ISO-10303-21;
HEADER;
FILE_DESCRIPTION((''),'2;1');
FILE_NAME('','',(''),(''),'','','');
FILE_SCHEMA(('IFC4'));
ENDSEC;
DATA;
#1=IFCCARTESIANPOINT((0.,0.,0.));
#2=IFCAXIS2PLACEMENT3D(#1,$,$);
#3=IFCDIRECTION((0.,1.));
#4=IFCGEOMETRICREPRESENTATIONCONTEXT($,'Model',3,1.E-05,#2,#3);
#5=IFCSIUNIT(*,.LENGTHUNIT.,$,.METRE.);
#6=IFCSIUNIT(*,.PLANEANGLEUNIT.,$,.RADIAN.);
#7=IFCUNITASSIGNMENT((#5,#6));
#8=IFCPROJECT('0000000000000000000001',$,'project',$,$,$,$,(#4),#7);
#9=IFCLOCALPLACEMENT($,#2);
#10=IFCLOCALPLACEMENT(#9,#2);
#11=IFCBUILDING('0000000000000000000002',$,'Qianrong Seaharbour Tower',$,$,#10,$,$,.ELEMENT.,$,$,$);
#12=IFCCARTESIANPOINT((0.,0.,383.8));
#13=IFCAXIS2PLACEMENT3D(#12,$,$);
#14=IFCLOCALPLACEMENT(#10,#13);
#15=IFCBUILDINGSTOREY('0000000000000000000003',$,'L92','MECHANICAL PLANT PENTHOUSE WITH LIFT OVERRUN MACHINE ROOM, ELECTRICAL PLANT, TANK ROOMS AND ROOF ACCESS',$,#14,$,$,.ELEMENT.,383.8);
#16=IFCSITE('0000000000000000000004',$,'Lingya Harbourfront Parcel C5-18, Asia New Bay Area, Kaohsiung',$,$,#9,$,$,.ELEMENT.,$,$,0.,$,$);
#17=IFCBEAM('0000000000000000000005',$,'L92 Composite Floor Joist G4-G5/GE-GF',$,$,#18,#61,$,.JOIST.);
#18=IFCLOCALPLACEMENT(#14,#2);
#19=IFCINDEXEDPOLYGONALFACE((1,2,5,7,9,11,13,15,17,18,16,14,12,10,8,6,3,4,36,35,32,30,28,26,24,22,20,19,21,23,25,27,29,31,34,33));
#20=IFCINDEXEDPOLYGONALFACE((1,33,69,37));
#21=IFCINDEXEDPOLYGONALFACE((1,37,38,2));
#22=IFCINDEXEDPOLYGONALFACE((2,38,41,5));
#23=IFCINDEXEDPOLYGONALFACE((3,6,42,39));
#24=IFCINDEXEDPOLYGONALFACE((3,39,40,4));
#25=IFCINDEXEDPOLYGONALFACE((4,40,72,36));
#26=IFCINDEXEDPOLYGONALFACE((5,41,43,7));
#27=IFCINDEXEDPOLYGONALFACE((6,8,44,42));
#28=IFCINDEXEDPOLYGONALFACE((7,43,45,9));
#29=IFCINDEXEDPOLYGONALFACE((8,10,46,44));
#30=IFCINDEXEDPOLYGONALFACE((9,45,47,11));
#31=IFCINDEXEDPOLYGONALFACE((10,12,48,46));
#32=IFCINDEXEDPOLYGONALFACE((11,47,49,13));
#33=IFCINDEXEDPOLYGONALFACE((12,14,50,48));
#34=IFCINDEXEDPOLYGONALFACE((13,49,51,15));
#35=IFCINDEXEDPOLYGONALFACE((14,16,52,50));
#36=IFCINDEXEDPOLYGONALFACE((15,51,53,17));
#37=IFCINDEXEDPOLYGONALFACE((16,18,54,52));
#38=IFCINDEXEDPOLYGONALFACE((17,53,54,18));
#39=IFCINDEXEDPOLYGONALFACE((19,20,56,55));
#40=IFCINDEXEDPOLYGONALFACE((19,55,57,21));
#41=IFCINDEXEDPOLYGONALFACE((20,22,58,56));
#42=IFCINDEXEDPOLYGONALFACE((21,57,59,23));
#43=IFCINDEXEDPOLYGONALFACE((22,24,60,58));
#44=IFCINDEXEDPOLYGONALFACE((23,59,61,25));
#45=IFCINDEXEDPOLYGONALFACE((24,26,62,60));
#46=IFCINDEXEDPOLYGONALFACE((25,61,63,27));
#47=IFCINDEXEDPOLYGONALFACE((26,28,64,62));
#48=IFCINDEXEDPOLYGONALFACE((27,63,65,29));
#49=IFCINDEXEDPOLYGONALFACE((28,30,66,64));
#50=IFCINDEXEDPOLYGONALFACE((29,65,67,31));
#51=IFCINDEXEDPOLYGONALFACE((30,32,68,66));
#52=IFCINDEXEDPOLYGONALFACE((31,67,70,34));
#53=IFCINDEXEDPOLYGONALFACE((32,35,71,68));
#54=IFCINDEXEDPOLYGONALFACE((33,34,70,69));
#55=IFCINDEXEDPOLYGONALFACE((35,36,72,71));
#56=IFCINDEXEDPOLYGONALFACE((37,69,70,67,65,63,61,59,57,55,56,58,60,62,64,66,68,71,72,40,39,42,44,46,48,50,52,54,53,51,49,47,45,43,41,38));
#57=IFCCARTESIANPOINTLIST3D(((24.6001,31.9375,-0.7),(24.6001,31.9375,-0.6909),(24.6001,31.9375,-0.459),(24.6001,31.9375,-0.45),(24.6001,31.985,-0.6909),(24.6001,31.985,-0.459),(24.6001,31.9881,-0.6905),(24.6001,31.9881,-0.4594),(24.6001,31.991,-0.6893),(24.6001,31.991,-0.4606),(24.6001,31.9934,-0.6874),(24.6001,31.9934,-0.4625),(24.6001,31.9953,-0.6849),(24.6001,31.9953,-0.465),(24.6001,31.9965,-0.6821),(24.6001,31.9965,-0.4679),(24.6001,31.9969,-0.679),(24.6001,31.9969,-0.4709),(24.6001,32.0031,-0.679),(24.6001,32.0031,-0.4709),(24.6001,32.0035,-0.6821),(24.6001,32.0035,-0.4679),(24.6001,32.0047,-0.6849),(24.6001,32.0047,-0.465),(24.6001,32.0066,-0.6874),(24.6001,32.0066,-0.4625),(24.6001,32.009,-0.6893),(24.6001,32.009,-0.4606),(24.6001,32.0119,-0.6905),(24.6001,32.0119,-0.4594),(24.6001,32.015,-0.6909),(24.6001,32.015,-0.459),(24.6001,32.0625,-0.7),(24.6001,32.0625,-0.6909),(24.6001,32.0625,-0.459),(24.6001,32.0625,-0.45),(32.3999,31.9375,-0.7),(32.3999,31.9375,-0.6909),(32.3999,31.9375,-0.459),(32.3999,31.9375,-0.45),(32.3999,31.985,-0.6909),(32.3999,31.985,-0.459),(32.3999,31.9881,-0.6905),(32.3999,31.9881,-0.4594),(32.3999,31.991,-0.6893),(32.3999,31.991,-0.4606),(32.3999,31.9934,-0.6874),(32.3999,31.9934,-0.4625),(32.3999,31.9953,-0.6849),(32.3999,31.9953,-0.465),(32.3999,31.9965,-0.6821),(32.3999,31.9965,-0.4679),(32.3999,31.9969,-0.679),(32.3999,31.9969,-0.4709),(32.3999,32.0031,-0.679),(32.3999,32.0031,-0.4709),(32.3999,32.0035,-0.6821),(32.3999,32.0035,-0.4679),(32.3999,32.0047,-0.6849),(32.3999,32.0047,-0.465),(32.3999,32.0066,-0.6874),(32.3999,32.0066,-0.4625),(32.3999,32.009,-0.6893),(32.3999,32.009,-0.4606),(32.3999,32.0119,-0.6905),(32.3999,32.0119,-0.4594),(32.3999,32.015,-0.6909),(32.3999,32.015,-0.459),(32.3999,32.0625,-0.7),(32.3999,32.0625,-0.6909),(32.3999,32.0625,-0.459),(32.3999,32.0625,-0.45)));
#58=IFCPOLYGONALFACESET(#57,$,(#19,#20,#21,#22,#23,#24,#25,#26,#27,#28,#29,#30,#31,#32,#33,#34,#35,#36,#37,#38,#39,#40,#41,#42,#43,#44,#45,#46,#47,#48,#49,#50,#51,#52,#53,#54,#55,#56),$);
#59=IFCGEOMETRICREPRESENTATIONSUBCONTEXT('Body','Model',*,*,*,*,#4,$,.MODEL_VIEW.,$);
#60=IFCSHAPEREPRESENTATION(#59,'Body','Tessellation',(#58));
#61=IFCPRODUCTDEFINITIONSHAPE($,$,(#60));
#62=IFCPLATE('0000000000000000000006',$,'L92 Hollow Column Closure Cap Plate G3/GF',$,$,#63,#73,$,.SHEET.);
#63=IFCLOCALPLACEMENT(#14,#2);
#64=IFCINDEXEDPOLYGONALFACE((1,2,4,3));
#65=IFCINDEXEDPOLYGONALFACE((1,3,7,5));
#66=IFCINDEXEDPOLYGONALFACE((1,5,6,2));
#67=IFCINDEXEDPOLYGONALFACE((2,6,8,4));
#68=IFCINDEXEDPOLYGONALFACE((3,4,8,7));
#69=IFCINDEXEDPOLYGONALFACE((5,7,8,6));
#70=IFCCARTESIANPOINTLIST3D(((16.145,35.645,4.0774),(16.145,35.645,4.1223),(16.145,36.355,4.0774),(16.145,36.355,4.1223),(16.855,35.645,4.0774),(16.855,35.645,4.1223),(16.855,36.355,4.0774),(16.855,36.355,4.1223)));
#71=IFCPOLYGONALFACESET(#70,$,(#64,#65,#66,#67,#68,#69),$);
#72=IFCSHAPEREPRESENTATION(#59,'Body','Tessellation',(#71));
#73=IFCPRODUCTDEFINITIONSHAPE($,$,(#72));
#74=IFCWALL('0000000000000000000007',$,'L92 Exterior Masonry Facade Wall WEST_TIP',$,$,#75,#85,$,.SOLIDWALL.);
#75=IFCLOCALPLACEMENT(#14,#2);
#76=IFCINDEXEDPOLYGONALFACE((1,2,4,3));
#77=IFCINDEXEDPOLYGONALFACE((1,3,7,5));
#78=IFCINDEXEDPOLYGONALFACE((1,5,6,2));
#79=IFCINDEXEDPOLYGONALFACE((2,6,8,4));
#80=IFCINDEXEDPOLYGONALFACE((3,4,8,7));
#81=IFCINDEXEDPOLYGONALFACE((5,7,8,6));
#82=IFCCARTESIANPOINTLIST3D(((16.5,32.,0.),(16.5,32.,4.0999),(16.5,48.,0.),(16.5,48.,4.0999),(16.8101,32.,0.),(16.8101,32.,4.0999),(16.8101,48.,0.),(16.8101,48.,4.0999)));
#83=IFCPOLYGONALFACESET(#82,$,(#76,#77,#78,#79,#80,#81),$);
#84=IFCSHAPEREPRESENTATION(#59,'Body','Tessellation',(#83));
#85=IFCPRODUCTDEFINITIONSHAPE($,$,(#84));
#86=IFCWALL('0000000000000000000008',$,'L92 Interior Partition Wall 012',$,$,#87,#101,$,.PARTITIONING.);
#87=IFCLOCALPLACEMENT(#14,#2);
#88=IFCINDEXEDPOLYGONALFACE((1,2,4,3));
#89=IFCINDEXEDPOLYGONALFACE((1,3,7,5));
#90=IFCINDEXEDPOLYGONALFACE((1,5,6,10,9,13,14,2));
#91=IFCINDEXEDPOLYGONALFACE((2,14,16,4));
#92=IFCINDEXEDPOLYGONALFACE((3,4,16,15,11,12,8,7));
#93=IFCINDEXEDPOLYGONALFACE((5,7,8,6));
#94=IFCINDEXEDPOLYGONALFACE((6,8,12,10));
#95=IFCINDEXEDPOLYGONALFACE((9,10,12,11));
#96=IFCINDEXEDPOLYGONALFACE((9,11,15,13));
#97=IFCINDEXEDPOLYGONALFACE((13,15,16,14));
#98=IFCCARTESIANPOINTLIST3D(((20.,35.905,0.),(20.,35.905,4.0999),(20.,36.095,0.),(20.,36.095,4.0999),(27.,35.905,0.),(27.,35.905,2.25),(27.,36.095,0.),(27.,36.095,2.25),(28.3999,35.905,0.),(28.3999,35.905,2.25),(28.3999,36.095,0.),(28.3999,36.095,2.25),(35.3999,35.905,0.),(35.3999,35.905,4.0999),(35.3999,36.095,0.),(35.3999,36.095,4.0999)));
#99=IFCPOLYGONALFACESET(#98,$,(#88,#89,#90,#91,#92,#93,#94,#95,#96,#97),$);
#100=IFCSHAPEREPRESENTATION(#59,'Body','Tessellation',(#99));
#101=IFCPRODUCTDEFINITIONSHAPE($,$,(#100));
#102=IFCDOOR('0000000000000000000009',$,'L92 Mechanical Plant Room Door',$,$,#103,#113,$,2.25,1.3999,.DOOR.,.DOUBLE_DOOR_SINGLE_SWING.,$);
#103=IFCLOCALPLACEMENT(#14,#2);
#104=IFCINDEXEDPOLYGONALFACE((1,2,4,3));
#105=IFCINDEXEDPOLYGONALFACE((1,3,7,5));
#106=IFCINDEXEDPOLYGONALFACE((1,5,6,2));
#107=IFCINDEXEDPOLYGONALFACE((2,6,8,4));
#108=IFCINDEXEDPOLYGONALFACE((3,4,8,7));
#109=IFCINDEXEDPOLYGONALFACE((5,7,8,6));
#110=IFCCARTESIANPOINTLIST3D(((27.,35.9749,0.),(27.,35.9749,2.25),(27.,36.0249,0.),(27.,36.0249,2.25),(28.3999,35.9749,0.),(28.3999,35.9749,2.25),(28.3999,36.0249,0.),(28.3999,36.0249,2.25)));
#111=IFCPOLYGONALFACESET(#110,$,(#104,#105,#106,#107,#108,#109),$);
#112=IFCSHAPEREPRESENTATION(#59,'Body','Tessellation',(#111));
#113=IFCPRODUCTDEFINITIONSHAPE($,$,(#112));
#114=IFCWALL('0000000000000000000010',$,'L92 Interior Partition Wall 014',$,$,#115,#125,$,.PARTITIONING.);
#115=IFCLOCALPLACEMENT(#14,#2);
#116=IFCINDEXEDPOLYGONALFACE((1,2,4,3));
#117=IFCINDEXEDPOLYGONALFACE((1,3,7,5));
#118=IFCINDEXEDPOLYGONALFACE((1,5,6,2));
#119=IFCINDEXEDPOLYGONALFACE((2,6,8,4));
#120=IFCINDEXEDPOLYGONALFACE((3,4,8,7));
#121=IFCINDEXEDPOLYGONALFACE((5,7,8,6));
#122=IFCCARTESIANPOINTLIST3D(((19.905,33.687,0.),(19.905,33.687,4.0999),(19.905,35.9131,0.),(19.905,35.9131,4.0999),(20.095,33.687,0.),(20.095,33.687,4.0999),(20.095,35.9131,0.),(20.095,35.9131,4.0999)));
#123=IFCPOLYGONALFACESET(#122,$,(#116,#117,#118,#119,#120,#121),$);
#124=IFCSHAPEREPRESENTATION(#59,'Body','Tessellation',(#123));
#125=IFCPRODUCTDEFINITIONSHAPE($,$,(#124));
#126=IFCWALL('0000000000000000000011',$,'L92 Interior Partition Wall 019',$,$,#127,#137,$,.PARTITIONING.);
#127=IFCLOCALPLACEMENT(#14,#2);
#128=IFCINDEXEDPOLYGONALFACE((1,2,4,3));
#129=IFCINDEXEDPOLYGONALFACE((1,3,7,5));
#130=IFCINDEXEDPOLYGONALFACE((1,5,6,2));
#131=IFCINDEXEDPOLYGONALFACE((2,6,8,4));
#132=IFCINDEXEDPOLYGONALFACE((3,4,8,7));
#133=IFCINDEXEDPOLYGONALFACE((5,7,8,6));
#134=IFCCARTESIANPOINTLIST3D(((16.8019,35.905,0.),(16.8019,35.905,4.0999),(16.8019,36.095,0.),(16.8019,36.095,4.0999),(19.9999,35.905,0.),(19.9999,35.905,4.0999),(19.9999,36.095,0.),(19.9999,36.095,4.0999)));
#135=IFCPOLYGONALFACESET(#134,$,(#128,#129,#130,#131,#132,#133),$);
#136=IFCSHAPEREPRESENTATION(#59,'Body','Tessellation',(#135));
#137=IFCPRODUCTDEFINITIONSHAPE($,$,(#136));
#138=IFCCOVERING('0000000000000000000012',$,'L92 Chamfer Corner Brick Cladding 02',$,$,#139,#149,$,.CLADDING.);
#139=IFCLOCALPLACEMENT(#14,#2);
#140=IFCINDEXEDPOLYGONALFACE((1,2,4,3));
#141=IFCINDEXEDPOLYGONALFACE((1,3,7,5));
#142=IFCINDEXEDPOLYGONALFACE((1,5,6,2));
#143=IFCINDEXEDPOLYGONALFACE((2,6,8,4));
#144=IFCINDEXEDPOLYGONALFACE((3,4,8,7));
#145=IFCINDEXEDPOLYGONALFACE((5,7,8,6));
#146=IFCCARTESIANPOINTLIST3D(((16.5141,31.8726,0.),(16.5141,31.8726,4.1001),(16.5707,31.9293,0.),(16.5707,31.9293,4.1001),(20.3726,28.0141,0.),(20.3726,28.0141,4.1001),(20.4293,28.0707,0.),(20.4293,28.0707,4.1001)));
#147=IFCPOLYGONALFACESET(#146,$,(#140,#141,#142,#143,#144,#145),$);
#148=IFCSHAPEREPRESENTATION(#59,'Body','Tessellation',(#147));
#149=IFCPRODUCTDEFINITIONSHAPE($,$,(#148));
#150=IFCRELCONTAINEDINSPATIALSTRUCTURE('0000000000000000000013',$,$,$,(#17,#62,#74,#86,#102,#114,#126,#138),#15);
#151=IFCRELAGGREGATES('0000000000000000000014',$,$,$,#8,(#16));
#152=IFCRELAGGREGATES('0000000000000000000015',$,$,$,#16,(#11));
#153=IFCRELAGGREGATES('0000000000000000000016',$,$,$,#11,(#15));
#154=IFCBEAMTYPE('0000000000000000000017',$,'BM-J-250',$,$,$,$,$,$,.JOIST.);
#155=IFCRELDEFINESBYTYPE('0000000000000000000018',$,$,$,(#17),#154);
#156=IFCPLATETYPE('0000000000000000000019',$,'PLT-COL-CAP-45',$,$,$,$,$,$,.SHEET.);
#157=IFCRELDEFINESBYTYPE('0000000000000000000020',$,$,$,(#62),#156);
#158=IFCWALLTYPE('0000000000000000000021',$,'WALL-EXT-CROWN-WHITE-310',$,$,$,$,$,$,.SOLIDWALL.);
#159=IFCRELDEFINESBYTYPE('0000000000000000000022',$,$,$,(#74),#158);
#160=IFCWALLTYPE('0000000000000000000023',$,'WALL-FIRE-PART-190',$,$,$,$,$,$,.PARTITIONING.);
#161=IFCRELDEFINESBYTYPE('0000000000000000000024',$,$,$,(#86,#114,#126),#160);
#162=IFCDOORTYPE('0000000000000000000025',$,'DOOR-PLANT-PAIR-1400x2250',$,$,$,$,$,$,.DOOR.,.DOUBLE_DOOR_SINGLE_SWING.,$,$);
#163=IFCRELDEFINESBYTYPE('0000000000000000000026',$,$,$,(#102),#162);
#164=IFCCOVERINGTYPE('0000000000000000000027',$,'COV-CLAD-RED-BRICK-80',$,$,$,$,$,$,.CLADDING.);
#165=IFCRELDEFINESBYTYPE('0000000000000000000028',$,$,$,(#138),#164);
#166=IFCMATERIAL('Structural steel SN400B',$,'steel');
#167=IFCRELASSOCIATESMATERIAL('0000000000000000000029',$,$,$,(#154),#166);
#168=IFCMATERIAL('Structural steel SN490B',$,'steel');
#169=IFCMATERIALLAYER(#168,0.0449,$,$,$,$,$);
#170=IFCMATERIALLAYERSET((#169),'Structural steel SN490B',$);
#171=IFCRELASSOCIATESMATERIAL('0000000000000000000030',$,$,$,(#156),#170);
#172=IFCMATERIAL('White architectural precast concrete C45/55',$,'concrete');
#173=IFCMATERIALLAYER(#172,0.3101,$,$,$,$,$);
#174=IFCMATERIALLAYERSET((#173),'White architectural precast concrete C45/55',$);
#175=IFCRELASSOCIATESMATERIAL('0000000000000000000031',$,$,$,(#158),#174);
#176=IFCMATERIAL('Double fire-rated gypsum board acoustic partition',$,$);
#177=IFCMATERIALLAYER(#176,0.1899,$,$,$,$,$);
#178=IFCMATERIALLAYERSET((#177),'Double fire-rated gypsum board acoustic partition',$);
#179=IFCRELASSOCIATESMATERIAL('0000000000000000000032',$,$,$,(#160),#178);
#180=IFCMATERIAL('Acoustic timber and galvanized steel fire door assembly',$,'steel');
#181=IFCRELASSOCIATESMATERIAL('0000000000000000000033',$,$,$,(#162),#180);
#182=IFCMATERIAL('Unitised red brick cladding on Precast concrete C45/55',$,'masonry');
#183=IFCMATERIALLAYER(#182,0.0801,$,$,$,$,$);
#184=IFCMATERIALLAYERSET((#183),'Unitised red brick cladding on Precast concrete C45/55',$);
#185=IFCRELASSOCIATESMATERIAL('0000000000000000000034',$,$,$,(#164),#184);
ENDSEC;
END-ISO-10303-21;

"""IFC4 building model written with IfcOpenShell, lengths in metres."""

from ifc_helpers import new_model, si_unit, direction, frame, frame_2d, origin, origin_2d, place, context, subcontext, project, spatial, rectangle, i_section, extrude, material, layer, layer_set, material_profile, profile_set, type_object, element, fill, save


model = new_model("IFC4")

# Units and contexts
model_context = context("Model", 3, precision=1e-05, world=origin(), true_north=direction((0.0, 1.0)))
body_context = subcontext(model_context, "Body", "Model", "MODEL_VIEW")
ifc_project = project(units=[si_unit("LENGTHUNIT", "METRE"), si_unit("PLANEANGLEUNIT", "RADIAN")], contexts=[model_context])

# Site, building, storey
site_placement = place(None, origin())
site = spatial("IfcSite", under=ifc_project, at=site_placement, Name="Lingya Harbourfront Parcel C5-18, Asia New Bay Area, Kaohsiung", CompositionType="ELEMENT", RefElevation=0.0)
building_placement = place(site_placement, origin())
building = spatial("IfcBuilding", under=site, at=building_placement, Name="Qianrong Seaharbour Tower", CompositionType="ELEMENT")
storey_placement = place(building_placement, frame((0.0, 0.0, 383.8)))
storey = spatial("IfcBuildingStorey", under=building, at=storey_placement, Name="L92", Description="MECHANICAL PLANT PENTHOUSE WITH LIFT OVERRUN MACHINE ROOM, ELECTRICAL PLANT, TANK ROOMS AND ROOF ACCESS", CompositionType="ELEMENT", Elevation=383.8)

# Shared definitions
ifc_material_1 = material(Name="Structural steel SN490B", Category="steel")
ifc_material_2 = material(Name="Structural steel SN400B", Category="steel")

# Beam
ifc_material_profile_1 = material_profile(ifc_material_2, i_section(OverallWidth=0.125, OverallDepth=0.25, WebThickness=0.0061, FlangeThickness=0.009, FilletRadius=0.012, at=origin_2d()), Name="H250x125x6x9")
ifc_profile_set_1 = profile_set([ifc_material_profile_1], Name="Structural steel SN400B")
beam_type_1 = type_object("IfcBeamType", Name="BM-J-250", PredefinedType="JOIST", material=ifc_profile_set_1)
beam_placement = place(storey_placement, frame((24.6001, 32.0, -0.575), z_axis=(1.0, 0.0, 0.0), x_axis=(0.0, 1.0, 0.0)))
element("IfcBeam", 1, at=beam_placement, inside=storey, type_object=beam_type_1, Name="L92 Composite Floor Joist G4-G5/GE-GF", PredefinedType="JOIST", context=body_context, shape_type="SweptSolid", body=[
    extrude(i_section(OverallWidth=0.125, OverallDepth=0.25, WebThickness=0.0061, FlangeThickness=0.009, FilletRadius=0.012, at=origin_2d()), origin(), (0.0, 0.0, 1.0), 7.7998),
])

# Plate
ifc_layer_1 = layer(ifc_material_1, 0.0449)
ifc_layer_set_1 = layer_set([ifc_layer_1], Name="Structural steel SN490B")
plate_type = type_object("IfcPlateType", Name="PLT-COL-CAP-45", PredefinedType="SHEET", material=ifc_layer_set_1)
plate_placement = place(storey_placement, frame((16.5, 36.0, 4.0774), z_axis=(0.0, 0.0, 1.0), x_axis=(1.0, 0.0, 0.0)))
element("IfcPlate", 2, at=plate_placement, inside=storey, type_object=plate_type, Name="L92 Hollow Column Closure Cap Plate G3/GF", PredefinedType="SHEET", context=body_context, shape_type="SweptSolid", body=[
    extrude(rectangle(XDim=0.71, YDim=0.71, at=origin_2d()), origin(), (0.0, 0.0, 1.0), 0.0449),
])

# Wall
ifc_material_3 = material(Name="White architectural precast concrete C45/55", Category="concrete")
ifc_layer_2 = layer(ifc_material_3, 0.3101)
ifc_layer_set_2 = layer_set([ifc_layer_2], Name="White architectural precast concrete C45/55")
wall_type_1 = type_object("IfcWallType", Name="WALL-EXT-CROWN-WHITE-310", PredefinedType="SOLIDWALL", material=ifc_layer_set_2)
wall_1_placement = place(storey_placement, frame((16.655, 32.0, 0.0), z_axis=(0.0, 0.0, 1.0), x_axis=(0.0, 1.0, 0.0)))
element("IfcWall", 3, at=wall_1_placement, inside=storey, type_object=wall_type_1, Name="L92 Exterior Masonry Facade Wall WEST_TIP", PredefinedType="SOLIDWALL", context=body_context, shape_type="SweptSolid", body=[
    extrude(rectangle(XDim=16.0, YDim=0.3101, at=frame_2d((8.0, 0.0))), origin(), (0.0, 0.0, 1.0), 4.0999),
])

# Wall, opening, door
ifc_material_4 = material(Name="Double fire-rated gypsum board acoustic partition")
ifc_layer_3 = layer(ifc_material_4, 0.1899)
ifc_layer_set_3 = layer_set([ifc_layer_3], Name="Double fire-rated gypsum board acoustic partition")
wall_type_2 = type_object("IfcWallType", Name="WALL-FIRE-PART-190", PredefinedType="PARTITIONING", material=ifc_layer_set_3)
wall_2_placement = place(storey_placement, frame((20.0, 36.0, 0.0), z_axis=(0.0, 0.0, 1.0), x_axis=(1.0, 0.0, 0.0)))
wall_2 = element("IfcWall", 4, at=wall_2_placement, inside=storey, type_object=wall_type_2, Name="L92 Interior Partition Wall 012", PredefinedType="PARTITIONING", context=body_context, shape_type="SweptSolid", body=[
    extrude(rectangle(XDim=15.3999, YDim=0.1899, at=frame_2d((7.7, 0.0))), origin(), (0.0, 0.0, 1.0), 4.0999),
])
opening_placement = place(wall_2_placement, frame((7.0, 0.0, 0.0)))
opening = element("IfcOpeningElement", 5, at=opening_placement, cuts=wall_2, PredefinedType="OPENING", context=body_context, shape_type="SweptSolid", body=[
    extrude(rectangle(XDim=1.3999, YDim=2.25, at=frame_2d((0.7, 1.125))), frame((0.0, 0.105, 0.0), z_axis=(0.0, -1.0, 0.0), x_axis=(1.0, 0.0, 0.0)), (0.0, 0.0, 1.0), 0.21),
])
ifc_material_5 = material(Name="Acoustic timber and galvanized steel fire door assembly", Category="steel")
door_type = type_object("IfcDoorType", Name="DOOR-PLANT-PAIR-1400x2250", OperationType="DOUBLE_DOOR_SINGLE_SWING", PredefinedType="DOOR", material=ifc_material_5)
door_placement = place(opening_placement, origin())
door = element("IfcDoor", 6, at=door_placement, inside=storey, type_object=door_type, Name="L92 Mechanical Plant Room Door", OperationType="DOUBLE_DOOR_SINGLE_SWING", OverallHeight=2.25, OverallWidth=1.3999, PredefinedType="DOOR", context=body_context, shape_type="SweptSolid", body=[
    extrude(rectangle(XDim=1.3999, YDim=2.25, at=frame_2d((0.7, 1.125))), frame((0.0, 0.0249, 0.0), z_axis=(0.0, -1.0, 0.0), x_axis=(1.0, 0.0, 0.0)), (0.0, 0.0, 1.0), 0.05),
])
fill(opening, door)

# Walls
wall_3_placement = place(storey_placement, frame((20.0, 33.687, 0.0), z_axis=(0.0, 0.0, 1.0), x_axis=(0.0, 1.0, 0.0)))
element("IfcWall", 7, at=wall_3_placement, inside=storey, type_object=wall_type_2, Name="L92 Interior Partition Wall 014", PredefinedType="PARTITIONING", context=body_context, shape_type="SweptSolid", body=[
    extrude(rectangle(XDim=2.2261, YDim=0.1899, at=frame_2d((1.113, 0.0))), origin(), (0.0, 0.0, 1.0), 4.0999),
])
wall_4_placement = place(storey_placement, frame((20.0, 36.0, 0.0), z_axis=(0.0, 0.0, 1.0), x_axis=(-1.0, 0.0, 0.0)))
element("IfcWall", 8, at=wall_4_placement, inside=storey, type_object=wall_type_2, Name="L92 Interior Partition Wall 019", PredefinedType="PARTITIONING", context=body_context, shape_type="SweptSolid", body=[
    extrude(rectangle(XDim=3.198, YDim=0.1899, at=frame_2d((1.5991, 0.0))), origin(), (0.0, 0.0, 1.0), 4.0999),
])

# Covering
ifc_material_6 = material(Name="Unitised red brick cladding on Precast concrete C45/55", Category="masonry")
ifc_layer_4 = layer(ifc_material_6, 0.0801)
ifc_layer_set_4 = layer_set([ifc_layer_4], Name="Unitised red brick cladding on Precast concrete C45/55")
covering_type = type_object("IfcCoveringType", Name="COV-CLAD-RED-BRICK-80", PredefinedType="CLADDING", material=ifc_layer_set_4)
covering_placement = place(storey_placement, frame((18.4717, 29.9717, 0.0), z_axis=(0.0, 0.0, 1.0), x_axis=(-0.707107, 0.707107, 0.0)))
element("IfcCovering", 9, at=covering_placement, inside=storey, type_object=covering_type, Name="L92 Chamfer Corner Brick Cladding 02", PredefinedType="CLADDING", context=body_context, shape_type="SweptSolid", body=[
    extrude(rectangle(XDim=5.4568, YDim=0.0801, at=origin_2d()), origin(), (0.0, 0.0, 1.0), 4.1001),
])

save(model, "model.ifc")
